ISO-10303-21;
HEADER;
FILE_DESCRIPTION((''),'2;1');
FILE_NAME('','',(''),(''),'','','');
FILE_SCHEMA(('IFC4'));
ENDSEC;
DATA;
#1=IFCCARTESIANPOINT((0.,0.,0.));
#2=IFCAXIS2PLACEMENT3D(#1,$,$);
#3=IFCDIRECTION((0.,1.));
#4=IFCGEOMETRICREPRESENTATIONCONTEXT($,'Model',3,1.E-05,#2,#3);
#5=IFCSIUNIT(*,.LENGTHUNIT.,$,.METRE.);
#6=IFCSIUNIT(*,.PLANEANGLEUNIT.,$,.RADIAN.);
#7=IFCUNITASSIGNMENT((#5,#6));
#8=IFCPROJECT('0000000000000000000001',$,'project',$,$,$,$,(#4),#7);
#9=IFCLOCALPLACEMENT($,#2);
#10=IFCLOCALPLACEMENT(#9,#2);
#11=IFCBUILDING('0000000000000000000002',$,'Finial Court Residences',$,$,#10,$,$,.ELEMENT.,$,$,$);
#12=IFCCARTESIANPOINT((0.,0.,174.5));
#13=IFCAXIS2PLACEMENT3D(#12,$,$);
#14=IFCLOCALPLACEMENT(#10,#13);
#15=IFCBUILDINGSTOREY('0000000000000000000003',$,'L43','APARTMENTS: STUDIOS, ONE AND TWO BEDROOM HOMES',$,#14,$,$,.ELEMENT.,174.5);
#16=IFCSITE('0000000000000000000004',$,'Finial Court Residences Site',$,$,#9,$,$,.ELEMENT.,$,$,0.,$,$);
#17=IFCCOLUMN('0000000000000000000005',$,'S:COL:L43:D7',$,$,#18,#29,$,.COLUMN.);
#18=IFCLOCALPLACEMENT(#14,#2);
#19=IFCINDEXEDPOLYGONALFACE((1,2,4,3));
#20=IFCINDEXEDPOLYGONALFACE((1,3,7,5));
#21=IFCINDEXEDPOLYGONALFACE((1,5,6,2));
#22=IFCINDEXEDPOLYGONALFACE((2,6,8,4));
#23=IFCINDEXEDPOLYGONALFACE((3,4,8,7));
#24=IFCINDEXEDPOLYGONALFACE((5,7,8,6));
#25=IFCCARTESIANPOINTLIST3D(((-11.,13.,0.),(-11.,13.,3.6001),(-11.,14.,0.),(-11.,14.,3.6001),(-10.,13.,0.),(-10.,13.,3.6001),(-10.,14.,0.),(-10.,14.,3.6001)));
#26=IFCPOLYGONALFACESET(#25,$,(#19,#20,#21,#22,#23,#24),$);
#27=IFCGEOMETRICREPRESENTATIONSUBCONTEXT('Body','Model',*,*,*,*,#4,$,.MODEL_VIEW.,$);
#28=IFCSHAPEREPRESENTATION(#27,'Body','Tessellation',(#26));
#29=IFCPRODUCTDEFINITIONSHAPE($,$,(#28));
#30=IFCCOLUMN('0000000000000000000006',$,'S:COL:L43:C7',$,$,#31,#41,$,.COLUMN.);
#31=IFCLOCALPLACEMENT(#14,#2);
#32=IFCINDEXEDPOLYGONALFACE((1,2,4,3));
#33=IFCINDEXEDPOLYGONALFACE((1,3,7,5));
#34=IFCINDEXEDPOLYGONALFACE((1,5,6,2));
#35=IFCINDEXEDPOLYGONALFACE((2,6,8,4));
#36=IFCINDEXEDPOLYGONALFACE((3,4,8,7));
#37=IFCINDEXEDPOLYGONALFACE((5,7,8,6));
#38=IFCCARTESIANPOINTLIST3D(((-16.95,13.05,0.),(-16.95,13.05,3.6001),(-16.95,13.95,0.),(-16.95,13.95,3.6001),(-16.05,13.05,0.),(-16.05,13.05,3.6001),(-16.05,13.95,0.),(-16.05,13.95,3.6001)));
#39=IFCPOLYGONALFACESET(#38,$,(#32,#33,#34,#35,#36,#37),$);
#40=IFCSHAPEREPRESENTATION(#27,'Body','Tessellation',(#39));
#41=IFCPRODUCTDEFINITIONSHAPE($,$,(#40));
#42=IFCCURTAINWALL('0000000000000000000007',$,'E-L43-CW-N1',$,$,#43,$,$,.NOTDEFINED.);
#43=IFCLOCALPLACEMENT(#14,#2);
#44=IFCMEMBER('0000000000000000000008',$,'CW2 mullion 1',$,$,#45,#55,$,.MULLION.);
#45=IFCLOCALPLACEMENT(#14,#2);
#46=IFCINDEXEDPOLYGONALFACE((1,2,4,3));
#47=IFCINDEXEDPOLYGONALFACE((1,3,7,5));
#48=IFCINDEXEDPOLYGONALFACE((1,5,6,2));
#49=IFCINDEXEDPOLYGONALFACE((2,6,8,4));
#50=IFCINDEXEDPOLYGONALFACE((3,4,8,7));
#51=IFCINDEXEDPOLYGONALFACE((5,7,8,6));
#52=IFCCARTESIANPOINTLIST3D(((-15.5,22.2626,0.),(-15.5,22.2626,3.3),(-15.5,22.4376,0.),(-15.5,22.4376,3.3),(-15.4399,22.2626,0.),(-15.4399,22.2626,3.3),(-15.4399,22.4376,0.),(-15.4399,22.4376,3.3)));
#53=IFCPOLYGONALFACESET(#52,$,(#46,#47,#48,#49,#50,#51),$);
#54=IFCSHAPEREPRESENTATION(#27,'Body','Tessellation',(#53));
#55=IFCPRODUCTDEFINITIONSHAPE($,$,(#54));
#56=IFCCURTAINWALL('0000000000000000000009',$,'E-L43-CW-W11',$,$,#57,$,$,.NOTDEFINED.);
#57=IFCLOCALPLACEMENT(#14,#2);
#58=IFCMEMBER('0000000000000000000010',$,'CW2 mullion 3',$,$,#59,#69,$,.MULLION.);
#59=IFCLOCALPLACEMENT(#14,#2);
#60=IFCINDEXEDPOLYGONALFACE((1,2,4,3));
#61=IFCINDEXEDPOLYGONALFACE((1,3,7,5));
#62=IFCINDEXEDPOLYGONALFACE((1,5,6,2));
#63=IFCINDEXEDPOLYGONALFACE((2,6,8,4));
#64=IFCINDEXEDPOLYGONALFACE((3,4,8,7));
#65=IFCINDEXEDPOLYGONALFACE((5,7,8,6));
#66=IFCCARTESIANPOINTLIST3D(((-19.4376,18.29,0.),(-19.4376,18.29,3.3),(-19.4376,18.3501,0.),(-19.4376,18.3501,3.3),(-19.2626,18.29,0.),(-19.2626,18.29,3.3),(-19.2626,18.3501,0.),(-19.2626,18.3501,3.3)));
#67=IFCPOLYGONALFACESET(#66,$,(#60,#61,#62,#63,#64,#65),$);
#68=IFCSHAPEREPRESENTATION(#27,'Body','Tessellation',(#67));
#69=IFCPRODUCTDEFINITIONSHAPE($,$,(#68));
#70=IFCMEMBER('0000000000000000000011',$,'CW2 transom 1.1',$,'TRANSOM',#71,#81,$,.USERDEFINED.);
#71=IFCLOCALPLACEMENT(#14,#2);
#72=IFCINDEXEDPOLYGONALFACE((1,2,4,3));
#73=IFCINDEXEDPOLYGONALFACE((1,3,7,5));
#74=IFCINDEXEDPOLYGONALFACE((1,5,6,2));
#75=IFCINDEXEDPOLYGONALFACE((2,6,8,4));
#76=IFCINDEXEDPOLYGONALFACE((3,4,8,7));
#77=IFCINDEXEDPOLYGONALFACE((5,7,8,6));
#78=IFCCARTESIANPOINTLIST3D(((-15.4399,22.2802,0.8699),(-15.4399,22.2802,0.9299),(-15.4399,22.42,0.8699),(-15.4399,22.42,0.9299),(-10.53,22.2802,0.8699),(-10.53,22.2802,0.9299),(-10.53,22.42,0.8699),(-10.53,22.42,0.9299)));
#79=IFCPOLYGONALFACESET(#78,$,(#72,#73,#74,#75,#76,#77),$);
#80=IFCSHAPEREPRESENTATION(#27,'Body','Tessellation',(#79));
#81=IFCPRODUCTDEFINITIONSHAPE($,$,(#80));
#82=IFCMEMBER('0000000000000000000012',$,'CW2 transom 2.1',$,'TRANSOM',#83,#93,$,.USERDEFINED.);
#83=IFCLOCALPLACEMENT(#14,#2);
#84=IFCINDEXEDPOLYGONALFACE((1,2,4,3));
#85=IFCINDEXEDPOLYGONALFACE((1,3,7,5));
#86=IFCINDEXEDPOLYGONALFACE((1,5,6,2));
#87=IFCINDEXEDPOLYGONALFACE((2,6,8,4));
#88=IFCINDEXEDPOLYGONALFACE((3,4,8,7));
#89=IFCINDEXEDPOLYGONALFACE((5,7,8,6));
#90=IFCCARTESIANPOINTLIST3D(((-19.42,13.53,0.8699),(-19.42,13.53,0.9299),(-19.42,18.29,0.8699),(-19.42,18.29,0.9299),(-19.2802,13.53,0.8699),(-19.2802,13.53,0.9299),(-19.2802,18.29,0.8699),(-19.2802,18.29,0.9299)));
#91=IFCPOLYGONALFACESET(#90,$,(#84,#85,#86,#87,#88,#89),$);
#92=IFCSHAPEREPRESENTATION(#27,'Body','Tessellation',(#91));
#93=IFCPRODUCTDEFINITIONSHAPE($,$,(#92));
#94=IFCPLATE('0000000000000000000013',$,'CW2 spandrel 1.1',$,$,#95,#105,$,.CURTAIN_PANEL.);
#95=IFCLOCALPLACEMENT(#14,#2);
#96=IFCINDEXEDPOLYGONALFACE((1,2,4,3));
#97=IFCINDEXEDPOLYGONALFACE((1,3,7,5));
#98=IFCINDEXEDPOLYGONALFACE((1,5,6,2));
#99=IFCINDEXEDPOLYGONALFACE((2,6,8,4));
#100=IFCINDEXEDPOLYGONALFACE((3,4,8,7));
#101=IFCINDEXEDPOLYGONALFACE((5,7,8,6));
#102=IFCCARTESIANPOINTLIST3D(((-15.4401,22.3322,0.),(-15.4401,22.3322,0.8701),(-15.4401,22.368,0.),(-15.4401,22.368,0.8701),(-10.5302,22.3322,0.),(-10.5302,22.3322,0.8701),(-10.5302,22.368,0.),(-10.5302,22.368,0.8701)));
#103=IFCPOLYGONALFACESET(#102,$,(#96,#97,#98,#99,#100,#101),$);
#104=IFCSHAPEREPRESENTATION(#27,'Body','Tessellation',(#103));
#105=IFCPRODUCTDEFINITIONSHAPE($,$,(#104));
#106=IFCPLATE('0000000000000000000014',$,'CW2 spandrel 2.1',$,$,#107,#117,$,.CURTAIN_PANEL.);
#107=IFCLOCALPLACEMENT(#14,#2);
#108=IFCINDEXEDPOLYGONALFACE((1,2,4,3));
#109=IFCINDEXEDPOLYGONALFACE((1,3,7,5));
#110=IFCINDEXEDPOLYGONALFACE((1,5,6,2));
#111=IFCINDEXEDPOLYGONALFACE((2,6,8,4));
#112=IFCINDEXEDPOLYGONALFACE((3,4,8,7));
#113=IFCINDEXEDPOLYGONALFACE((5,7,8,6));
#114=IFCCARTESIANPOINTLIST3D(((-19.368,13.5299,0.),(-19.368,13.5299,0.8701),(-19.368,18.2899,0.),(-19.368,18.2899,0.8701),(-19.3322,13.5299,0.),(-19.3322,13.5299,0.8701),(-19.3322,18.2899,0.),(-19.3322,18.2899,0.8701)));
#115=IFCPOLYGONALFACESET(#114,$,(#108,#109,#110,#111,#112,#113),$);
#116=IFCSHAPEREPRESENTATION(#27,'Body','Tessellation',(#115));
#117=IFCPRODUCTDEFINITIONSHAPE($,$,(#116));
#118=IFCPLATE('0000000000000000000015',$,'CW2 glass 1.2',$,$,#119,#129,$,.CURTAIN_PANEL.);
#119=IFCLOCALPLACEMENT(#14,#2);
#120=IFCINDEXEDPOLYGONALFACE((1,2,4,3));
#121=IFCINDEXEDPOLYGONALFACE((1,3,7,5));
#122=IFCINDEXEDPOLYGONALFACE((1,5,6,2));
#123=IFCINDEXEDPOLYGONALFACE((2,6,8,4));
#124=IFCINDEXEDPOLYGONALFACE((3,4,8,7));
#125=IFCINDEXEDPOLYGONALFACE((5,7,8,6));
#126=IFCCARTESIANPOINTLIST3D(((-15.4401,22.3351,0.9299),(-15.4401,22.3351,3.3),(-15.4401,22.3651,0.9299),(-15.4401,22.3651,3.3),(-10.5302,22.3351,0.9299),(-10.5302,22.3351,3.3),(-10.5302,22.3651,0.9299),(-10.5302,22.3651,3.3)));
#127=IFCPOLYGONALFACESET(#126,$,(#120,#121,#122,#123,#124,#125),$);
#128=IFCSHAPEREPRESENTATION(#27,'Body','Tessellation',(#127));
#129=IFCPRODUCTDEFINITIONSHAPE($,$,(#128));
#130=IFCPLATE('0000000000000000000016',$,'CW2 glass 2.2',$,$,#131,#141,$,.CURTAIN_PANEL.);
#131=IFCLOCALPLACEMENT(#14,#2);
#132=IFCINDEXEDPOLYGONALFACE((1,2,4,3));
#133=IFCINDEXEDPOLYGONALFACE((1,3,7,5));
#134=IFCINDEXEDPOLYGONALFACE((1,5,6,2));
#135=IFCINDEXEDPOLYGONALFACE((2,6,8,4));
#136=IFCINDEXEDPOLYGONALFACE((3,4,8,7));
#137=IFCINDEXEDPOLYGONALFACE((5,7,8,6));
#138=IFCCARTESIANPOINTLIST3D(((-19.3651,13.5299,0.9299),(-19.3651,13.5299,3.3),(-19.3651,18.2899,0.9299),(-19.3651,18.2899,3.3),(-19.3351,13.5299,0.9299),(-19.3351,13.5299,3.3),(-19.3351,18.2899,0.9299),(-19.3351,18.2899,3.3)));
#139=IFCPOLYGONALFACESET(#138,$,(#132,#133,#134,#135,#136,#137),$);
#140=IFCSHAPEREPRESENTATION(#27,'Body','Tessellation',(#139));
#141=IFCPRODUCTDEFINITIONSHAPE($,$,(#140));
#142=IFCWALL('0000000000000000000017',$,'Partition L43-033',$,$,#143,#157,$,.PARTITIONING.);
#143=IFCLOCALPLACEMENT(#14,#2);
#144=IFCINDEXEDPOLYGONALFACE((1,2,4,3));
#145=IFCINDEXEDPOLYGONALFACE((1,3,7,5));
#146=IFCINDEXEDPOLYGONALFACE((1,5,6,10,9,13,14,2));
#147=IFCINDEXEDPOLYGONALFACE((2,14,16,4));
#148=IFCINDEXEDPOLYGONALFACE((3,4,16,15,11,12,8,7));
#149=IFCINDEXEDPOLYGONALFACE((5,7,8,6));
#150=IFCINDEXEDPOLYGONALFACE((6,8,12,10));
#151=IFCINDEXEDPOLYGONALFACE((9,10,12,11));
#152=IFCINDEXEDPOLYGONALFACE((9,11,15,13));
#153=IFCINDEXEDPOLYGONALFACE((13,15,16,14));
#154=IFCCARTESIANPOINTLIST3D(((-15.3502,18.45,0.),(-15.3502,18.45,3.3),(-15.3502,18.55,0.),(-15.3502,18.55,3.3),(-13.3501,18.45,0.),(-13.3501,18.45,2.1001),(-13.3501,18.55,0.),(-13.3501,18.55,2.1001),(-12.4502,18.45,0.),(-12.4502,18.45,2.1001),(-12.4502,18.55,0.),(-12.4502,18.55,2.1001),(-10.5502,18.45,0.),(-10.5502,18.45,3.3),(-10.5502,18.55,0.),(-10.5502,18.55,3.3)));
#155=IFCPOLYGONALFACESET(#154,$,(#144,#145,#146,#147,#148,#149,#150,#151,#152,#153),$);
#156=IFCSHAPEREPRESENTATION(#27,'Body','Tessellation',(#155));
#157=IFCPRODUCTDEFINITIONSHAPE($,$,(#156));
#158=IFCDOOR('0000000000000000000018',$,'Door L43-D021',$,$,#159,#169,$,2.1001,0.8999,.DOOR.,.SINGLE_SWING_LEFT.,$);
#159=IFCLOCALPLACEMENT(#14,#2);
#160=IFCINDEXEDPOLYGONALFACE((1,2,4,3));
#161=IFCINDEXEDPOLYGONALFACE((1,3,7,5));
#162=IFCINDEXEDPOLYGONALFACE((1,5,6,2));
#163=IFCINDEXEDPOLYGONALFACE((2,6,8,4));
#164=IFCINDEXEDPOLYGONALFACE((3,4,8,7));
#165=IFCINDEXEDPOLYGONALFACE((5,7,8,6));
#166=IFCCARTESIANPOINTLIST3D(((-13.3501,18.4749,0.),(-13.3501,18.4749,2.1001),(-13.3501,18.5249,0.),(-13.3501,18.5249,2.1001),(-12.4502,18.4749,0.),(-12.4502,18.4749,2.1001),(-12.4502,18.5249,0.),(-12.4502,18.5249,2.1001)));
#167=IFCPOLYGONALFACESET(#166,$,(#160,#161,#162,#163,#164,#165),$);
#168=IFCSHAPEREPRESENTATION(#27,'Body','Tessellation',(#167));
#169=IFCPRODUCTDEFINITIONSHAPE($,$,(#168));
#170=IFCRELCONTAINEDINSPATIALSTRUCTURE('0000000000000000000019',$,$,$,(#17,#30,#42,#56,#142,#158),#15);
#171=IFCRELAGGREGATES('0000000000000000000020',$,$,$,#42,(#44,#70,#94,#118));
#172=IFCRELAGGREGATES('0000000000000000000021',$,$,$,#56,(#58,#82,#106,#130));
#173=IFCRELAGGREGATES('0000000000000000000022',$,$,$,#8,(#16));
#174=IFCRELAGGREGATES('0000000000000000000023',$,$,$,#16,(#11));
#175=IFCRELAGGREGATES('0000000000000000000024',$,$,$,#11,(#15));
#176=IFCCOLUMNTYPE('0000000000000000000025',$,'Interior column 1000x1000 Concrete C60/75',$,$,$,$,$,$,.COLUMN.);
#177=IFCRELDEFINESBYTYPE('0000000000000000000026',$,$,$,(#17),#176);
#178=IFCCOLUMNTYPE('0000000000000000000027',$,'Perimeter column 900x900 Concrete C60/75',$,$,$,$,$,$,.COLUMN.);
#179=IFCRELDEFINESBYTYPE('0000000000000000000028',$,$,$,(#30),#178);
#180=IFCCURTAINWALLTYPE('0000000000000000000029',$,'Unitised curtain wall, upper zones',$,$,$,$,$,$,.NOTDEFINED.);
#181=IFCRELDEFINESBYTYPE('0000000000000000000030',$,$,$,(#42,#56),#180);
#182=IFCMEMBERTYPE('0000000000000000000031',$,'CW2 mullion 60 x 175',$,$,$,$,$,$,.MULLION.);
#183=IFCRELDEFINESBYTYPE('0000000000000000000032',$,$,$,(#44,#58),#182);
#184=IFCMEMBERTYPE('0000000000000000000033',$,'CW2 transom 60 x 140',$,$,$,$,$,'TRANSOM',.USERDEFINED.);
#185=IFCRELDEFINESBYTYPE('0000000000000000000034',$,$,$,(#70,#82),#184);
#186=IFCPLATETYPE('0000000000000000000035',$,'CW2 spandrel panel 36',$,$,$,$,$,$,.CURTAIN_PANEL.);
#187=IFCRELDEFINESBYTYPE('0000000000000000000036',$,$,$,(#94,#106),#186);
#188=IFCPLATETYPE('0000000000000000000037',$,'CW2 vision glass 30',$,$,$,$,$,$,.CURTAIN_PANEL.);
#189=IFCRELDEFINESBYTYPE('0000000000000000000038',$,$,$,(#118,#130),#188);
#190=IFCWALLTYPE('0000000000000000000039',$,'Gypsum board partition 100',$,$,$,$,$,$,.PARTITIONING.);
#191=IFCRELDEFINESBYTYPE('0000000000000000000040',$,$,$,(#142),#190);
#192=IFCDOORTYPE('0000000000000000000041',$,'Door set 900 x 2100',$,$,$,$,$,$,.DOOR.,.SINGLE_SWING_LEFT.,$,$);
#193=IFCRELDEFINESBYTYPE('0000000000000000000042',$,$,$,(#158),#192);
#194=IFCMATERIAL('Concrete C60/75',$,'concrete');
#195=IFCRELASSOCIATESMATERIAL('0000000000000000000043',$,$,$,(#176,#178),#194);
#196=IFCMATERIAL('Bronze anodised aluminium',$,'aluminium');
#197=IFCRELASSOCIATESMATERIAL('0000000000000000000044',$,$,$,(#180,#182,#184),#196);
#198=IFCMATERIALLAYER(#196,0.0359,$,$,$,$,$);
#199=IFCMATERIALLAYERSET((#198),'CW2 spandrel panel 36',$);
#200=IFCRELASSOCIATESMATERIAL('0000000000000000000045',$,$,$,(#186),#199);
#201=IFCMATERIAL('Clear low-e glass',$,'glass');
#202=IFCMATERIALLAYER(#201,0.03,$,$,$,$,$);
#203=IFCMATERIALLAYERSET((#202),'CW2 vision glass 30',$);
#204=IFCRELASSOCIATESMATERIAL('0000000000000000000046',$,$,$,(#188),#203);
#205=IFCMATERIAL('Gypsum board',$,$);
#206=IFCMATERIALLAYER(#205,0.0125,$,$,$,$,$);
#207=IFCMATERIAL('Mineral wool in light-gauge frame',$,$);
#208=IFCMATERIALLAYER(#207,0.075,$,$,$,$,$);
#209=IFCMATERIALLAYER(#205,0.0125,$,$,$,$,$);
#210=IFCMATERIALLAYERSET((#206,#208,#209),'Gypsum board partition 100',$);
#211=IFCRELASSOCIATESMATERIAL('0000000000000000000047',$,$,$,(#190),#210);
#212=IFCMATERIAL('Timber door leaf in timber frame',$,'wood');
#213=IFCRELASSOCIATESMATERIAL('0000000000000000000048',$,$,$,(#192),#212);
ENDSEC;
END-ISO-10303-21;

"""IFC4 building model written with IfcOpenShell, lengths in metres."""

from ifc_helpers import new_model, si_unit, direction, frame, frame_2d, origin, origin_2d, place, context, subcontext, project, spatial, rectangle, extrude, material, layer, layer_set, material_profile, profile_set, type_object, element, fill, aggregate, save


model = new_model("IFC4")

# Units and contexts
model_context = context("Model", 3, precision=1e-05, world=origin(), true_north=direction((0.0, 1.0)))
body_context = subcontext(model_context, "Body", "Model", "MODEL_VIEW")
ifc_project = project(units=[si_unit("LENGTHUNIT", "METRE"), si_unit("PLANEANGLEUNIT", "RADIAN")], contexts=[model_context])

# Site, building, storey
site_placement = place(None, origin())
site = spatial("IfcSite", under=ifc_project, at=site_placement, Name="Finial Court Residences Site", CompositionType="ELEMENT", RefElevation=0.0)
building_placement = place(site_placement, origin())
building = spatial("IfcBuilding", under=site, at=building_placement, Name="Finial Court Residences", CompositionType="ELEMENT")
storey_placement = place(building_placement, frame((0.0, 0.0, 174.5)))
storey = spatial("IfcBuildingStorey", under=building, at=storey_placement, Name="L43", Description="APARTMENTS: STUDIOS, ONE AND TWO BEDROOM HOMES", CompositionType="ELEMENT", Elevation=174.5)

# Columns
ifc_material_1 = material(Name="Concrete C60/75", Category="concrete")
ifc_material_profile_1 = material_profile(ifc_material_1, rectangle(XDim=1.0, YDim=1.0, at=origin_2d()), Name="1000x1000")
ifc_profile_set_1 = profile_set([ifc_material_profile_1], Name="Concrete C60/75")
column_type_1 = type_object("IfcColumnType", Name="Interior column 1000x1000 Concrete C60/75", PredefinedType="COLUMN", material=ifc_profile_set_1)
column_1_placement = place(storey_placement, frame((-10.5, 13.5, 0.0), z_axis=(0.0, 0.0, 1.0), x_axis=(1.0, 0.0, 0.0)))
element("IfcColumn", 1, at=column_1_placement, inside=storey, type_object=column_type_1, Name="S:COL:L43:D7", PredefinedType="COLUMN", context=body_context, shape_type="SweptSolid", body=[
    extrude(rectangle(XDim=1.0, YDim=1.0, at=origin_2d()), origin(), (0.0, 0.0, 1.0), 3.6001),
])
ifc_material_profile_2 = material_profile(ifc_material_1, rectangle(XDim=0.8999, YDim=0.8999, at=origin_2d()), Name="900x900")
ifc_profile_set_2 = profile_set([ifc_material_profile_2], Name="Concrete C60/75")
column_type_2 = type_object("IfcColumnType", Name="Perimeter column 900x900 Concrete C60/75", PredefinedType="COLUMN", material=ifc_profile_set_2)
column_2_placement = place(storey_placement, frame((-16.5, 13.5, 0.0), z_axis=(0.0, 0.0, 1.0), x_axis=(1.0, 0.0, 0.0)))
element("IfcColumn", 2, at=column_2_placement, inside=storey, type_object=column_type_2, Name="S:COL:L43:C7", PredefinedType="COLUMN", context=body_context, shape_type="SweptSolid", body=[
    extrude(rectangle(XDim=0.8999, YDim=0.8999, at=origin_2d()), origin(), (0.0, 0.0, 1.0), 3.6001),
])

# Curtain walls, members
ifc_material_2 = material(Name="Bronze anodised aluminium", Category="aluminium")
curtain_wall_type = type_object("IfcCurtainWallType", Name="Unitised curtain wall, upper zones", PredefinedType="NOTDEFINED", material=ifc_material_2)
curtain_wall_1_placement = place(storey_placement, origin())
curtain_wall_1 = element("IfcCurtainWall", 3, at=curtain_wall_1_placement, inside=storey, type_object=curtain_wall_type, Name="E-L43-CW-N1", PredefinedType="NOTDEFINED")
ifc_material_profile_3 = material_profile(ifc_material_2, rectangle(XDim=0.175, YDim=0.0601, at=origin_2d()), Name="CW2 mullion 60 x 175")
ifc_profile_set_3 = profile_set([ifc_material_profile_3], Name="Bronze anodised aluminium")
member_type_1 = type_object("IfcMemberType", Name="CW2 mullion 60 x 175", PredefinedType="MULLION", material=ifc_profile_set_3)
member_1_placement = place(storey_placement, frame((-15.47, 22.3501, 0.0), z_axis=(0.0, 0.0, 1.0), x_axis=(0.0, 1.0, 0.0)))
member_1 = element("IfcMember", 4, at=member_1_placement, type_object=member_type_1, Name="CW2 mullion 1", PredefinedType="MULLION", context=body_context, shape_type="SweptSolid", body=[
    extrude(rectangle(XDim=0.175, YDim=0.0601, at=origin_2d()), origin(), (0.0, 0.0, 1.0), 3.3),
])
curtain_wall_2_placement = place(storey_placement, origin())
curtain_wall_2 = element("IfcCurtainWall", 5, at=curtain_wall_2_placement, inside=storey, type_object=curtain_wall_type, Name="E-L43-CW-W11", PredefinedType="NOTDEFINED")
member_2_placement = place(storey_placement, frame((-19.3501, 18.3201, 0.0), z_axis=(0.0, 0.0, 1.0), x_axis=(-1.0, 0.0, 0.0)))
member_2 = element("IfcMember", 6, at=member_2_placement, type_object=member_type_1, Name="CW2 mullion 3", PredefinedType="MULLION", context=body_context, shape_type="SweptSolid", body=[
    extrude(rectangle(XDim=0.175, YDim=0.0601, at=origin_2d()), origin(), (0.0, 0.0, 1.0), 3.3),
])

# Members
ifc_material_profile_4 = material_profile(ifc_material_2, rectangle(XDim=0.1399, YDim=0.0601, at=origin_2d()), Name="CW2 transom 60 x 140")
ifc_profile_set_4 = profile_set([ifc_material_profile_4], Name="Bronze anodised aluminium")
member_type_2 = type_object("IfcMemberType", Name="CW2 transom 60 x 140", ElementType="TRANSOM", PredefinedType="USERDEFINED", material=ifc_profile_set_4)
member_3_placement = place(storey_placement, frame((-15.4399, 22.3501, 0.8999), z_axis=(1.0, 0.0, 0.0), x_axis=(0.0, 1.0, 0.0)))
member_3 = element("IfcMember", 7, at=member_3_placement, type_object=member_type_2, Name="CW2 transom 1.1", ObjectType="TRANSOM", PredefinedType="USERDEFINED", context=body_context, shape_type="SweptSolid", body=[
    extrude(rectangle(XDim=0.1399, YDim=0.0601, at=origin_2d()), origin(), (0.0, 0.0, 1.0), 4.9099),
])
member_4_placement = place(storey_placement, frame((-19.3501, 13.53, 0.8999), z_axis=(0.0, 1.0, 0.0), x_axis=(-1.0, 0.0, 0.0)))
member_4 = element("IfcMember", 8, at=member_4_placement, type_object=member_type_2, Name="CW2 transom 2.1", ObjectType="TRANSOM", PredefinedType="USERDEFINED", context=body_context, shape_type="SweptSolid", body=[
    extrude(rectangle(XDim=0.1399, YDim=0.0601, at=origin_2d()), origin(), (0.0, 0.0, 1.0), 4.76),
])

# Plates
ifc_layer_1 = layer(ifc_material_2, 0.0359)
ifc_layer_set_1 = layer_set([ifc_layer_1], Name="CW2 spandrel panel 36")
plate_type_1 = type_object("IfcPlateType", Name="CW2 spandrel panel 36", PredefinedType="CURTAIN_PANEL", material=ifc_layer_set_1)
plate_1_placement = place(storey_placement, frame((-12.9851, 22.3501, 0.0), z_axis=(0.0, 0.0, 1.0), x_axis=(1.0, 0.0, 0.0)))
plate_1 = element("IfcPlate", 9, at=plate_1_placement, type_object=plate_type_1, Name="CW2 spandrel 1.1", PredefinedType="CURTAIN_PANEL", context=body_context, shape_type="SweptSolid", body=[
    extrude(rectangle(XDim=4.9099, YDim=0.0359, at=origin_2d()), origin(), (0.0, 0.0, 1.0), 0.8701),
])
plate_2_placement = place(storey_placement, frame((-19.3501, 15.9099, 0.0), z_axis=(0.0, 0.0, 1.0), x_axis=(0.0, 1.0, 0.0)))
plate_2 = element("IfcPlate", 10, at=plate_2_placement, type_object=plate_type_1, Name="CW2 spandrel 2.1", PredefinedType="CURTAIN_PANEL", context=body_context, shape_type="SweptSolid", body=[
    extrude(rectangle(XDim=4.76, YDim=0.0359, at=origin_2d()), origin(), (0.0, 0.0, 1.0), 0.8701),
])
ifc_material_3 = material(Name="Clear low-e glass", Category="glass")
ifc_layer_2 = layer(ifc_material_3, 0.03)
ifc_layer_set_2 = layer_set([ifc_layer_2], Name="CW2 vision glass 30")
plate_type_2 = type_object("IfcPlateType", Name="CW2 vision glass 30", PredefinedType="CURTAIN_PANEL", material=ifc_layer_set_2)
plate_3_placement = place(storey_placement, frame((-12.9851, 22.3501, 0.9299), z_axis=(0.0, 0.0, 1.0), x_axis=(1.0, 0.0, 0.0)))
plate_3 = element("IfcPlate", 11, at=plate_3_placement, type_object=plate_type_2, Name="CW2 glass 1.2", PredefinedType="CURTAIN_PANEL", context=body_context, shape_type="SweptSolid", body=[
    extrude(rectangle(XDim=4.9099, YDim=0.03, at=origin_2d()), origin(), (0.0, 0.0, 1.0), 2.3701),
])
aggregate(curtain_wall_1, [member_1, member_3, plate_1, plate_3])
plate_4_placement = place(storey_placement, frame((-19.3501, 15.9099, 0.9299), z_axis=(0.0, 0.0, 1.0), x_axis=(0.0, 1.0, 0.0)))
plate_4 = element("IfcPlate", 12, at=plate_4_placement, type_object=plate_type_2, Name="CW2 glass 2.2", PredefinedType="CURTAIN_PANEL", context=body_context, shape_type="SweptSolid", body=[
    extrude(rectangle(XDim=4.76, YDim=0.03, at=origin_2d()), origin(), (0.0, 0.0, 1.0), 2.3701),
])
aggregate(curtain_wall_2, [member_2, member_4, plate_2, plate_4])

# Wall, opening, door
ifc_material_4 = material(Name="Gypsum board")
ifc_layer_3 = layer(ifc_material_4, 0.0125)
ifc_material_5 = material(Name="Mineral wool in light-gauge frame")
ifc_layer_4 = layer(ifc_material_5, 0.075)
ifc_layer_5 = layer(ifc_material_4, 0.0125)
ifc_layer_set_3 = layer_set([ifc_layer_3, ifc_layer_4, ifc_layer_5], Name="Gypsum board partition 100")
wall_type_1 = type_object("IfcWallType", Name="Gypsum board partition 100", PredefinedType="PARTITIONING", material=ifc_layer_set_3)
wall_1_placement = place(storey_placement, frame((-15.3501, 18.5, 0.0), z_axis=(0.0, 0.0, 1.0), x_axis=(1.0, 0.0, 0.0)))
wall_1 = element("IfcWall", 13, at=wall_1_placement, inside=storey, type_object=wall_type_1, Name="Partition L43-033", PredefinedType="PARTITIONING", context=body_context, shape_type="SweptSolid", body=[
    extrude(rectangle(XDim=4.8, YDim=0.1001, at=frame_2d((2.3999, 0.0))), origin(), (0.0, 0.0, 1.0), 3.3),
])
opening_1_placement = place(wall_1_placement, frame((2.0, 0.0, 0.0)))
opening_1 = element("IfcOpeningElement", 14, at=opening_1_placement, cuts=wall_1, PredefinedType="OPENING", context=body_context, shape_type="SweptSolid", body=[
    extrude(rectangle(XDim=0.8999, YDim=2.1001, at=frame_2d((0.45, 1.05))), frame((0.0, 0.0601, 0.0), z_axis=(0.0, -1.0, 0.0), x_axis=(1.0, 0.0, 0.0)), (0.0, 0.0, 1.0), 0.1201),
])
ifc_material_6 = material(Name="Timber door leaf in timber frame", Category="wood")
door_type = type_object("IfcDoorType", Name="Door set 900 x 2100", OperationType="SINGLE_SWING_LEFT", PredefinedType="DOOR", material=ifc_material_6)
door_1_placement = place(opening_1_placement, origin())
door_1 = element("IfcDoor", 15, at=door_1_placement, inside=storey, type_object=door_type, Name="Door L43-D021", OperationType="SINGLE_SWING_LEFT", OverallHeight=2.1001, OverallWidth=0.8999, PredefinedType="DOOR", context=body_context, shape_type="SweptSolid", body=[
    extrude(rectangle(XDim=0.8999, YDim=2.1001, at=frame_2d((0.45, 1.05))), frame((0.0, 0.0249, 0.0), z_axis=(0.0, -1.0, 0.0), x_axis=(1.0, 0.0, 0.0)), (0.0, 0.0, 1.0), 0.05),
])
fill(opening_1, door_1)

save(model, "model.ifc")
